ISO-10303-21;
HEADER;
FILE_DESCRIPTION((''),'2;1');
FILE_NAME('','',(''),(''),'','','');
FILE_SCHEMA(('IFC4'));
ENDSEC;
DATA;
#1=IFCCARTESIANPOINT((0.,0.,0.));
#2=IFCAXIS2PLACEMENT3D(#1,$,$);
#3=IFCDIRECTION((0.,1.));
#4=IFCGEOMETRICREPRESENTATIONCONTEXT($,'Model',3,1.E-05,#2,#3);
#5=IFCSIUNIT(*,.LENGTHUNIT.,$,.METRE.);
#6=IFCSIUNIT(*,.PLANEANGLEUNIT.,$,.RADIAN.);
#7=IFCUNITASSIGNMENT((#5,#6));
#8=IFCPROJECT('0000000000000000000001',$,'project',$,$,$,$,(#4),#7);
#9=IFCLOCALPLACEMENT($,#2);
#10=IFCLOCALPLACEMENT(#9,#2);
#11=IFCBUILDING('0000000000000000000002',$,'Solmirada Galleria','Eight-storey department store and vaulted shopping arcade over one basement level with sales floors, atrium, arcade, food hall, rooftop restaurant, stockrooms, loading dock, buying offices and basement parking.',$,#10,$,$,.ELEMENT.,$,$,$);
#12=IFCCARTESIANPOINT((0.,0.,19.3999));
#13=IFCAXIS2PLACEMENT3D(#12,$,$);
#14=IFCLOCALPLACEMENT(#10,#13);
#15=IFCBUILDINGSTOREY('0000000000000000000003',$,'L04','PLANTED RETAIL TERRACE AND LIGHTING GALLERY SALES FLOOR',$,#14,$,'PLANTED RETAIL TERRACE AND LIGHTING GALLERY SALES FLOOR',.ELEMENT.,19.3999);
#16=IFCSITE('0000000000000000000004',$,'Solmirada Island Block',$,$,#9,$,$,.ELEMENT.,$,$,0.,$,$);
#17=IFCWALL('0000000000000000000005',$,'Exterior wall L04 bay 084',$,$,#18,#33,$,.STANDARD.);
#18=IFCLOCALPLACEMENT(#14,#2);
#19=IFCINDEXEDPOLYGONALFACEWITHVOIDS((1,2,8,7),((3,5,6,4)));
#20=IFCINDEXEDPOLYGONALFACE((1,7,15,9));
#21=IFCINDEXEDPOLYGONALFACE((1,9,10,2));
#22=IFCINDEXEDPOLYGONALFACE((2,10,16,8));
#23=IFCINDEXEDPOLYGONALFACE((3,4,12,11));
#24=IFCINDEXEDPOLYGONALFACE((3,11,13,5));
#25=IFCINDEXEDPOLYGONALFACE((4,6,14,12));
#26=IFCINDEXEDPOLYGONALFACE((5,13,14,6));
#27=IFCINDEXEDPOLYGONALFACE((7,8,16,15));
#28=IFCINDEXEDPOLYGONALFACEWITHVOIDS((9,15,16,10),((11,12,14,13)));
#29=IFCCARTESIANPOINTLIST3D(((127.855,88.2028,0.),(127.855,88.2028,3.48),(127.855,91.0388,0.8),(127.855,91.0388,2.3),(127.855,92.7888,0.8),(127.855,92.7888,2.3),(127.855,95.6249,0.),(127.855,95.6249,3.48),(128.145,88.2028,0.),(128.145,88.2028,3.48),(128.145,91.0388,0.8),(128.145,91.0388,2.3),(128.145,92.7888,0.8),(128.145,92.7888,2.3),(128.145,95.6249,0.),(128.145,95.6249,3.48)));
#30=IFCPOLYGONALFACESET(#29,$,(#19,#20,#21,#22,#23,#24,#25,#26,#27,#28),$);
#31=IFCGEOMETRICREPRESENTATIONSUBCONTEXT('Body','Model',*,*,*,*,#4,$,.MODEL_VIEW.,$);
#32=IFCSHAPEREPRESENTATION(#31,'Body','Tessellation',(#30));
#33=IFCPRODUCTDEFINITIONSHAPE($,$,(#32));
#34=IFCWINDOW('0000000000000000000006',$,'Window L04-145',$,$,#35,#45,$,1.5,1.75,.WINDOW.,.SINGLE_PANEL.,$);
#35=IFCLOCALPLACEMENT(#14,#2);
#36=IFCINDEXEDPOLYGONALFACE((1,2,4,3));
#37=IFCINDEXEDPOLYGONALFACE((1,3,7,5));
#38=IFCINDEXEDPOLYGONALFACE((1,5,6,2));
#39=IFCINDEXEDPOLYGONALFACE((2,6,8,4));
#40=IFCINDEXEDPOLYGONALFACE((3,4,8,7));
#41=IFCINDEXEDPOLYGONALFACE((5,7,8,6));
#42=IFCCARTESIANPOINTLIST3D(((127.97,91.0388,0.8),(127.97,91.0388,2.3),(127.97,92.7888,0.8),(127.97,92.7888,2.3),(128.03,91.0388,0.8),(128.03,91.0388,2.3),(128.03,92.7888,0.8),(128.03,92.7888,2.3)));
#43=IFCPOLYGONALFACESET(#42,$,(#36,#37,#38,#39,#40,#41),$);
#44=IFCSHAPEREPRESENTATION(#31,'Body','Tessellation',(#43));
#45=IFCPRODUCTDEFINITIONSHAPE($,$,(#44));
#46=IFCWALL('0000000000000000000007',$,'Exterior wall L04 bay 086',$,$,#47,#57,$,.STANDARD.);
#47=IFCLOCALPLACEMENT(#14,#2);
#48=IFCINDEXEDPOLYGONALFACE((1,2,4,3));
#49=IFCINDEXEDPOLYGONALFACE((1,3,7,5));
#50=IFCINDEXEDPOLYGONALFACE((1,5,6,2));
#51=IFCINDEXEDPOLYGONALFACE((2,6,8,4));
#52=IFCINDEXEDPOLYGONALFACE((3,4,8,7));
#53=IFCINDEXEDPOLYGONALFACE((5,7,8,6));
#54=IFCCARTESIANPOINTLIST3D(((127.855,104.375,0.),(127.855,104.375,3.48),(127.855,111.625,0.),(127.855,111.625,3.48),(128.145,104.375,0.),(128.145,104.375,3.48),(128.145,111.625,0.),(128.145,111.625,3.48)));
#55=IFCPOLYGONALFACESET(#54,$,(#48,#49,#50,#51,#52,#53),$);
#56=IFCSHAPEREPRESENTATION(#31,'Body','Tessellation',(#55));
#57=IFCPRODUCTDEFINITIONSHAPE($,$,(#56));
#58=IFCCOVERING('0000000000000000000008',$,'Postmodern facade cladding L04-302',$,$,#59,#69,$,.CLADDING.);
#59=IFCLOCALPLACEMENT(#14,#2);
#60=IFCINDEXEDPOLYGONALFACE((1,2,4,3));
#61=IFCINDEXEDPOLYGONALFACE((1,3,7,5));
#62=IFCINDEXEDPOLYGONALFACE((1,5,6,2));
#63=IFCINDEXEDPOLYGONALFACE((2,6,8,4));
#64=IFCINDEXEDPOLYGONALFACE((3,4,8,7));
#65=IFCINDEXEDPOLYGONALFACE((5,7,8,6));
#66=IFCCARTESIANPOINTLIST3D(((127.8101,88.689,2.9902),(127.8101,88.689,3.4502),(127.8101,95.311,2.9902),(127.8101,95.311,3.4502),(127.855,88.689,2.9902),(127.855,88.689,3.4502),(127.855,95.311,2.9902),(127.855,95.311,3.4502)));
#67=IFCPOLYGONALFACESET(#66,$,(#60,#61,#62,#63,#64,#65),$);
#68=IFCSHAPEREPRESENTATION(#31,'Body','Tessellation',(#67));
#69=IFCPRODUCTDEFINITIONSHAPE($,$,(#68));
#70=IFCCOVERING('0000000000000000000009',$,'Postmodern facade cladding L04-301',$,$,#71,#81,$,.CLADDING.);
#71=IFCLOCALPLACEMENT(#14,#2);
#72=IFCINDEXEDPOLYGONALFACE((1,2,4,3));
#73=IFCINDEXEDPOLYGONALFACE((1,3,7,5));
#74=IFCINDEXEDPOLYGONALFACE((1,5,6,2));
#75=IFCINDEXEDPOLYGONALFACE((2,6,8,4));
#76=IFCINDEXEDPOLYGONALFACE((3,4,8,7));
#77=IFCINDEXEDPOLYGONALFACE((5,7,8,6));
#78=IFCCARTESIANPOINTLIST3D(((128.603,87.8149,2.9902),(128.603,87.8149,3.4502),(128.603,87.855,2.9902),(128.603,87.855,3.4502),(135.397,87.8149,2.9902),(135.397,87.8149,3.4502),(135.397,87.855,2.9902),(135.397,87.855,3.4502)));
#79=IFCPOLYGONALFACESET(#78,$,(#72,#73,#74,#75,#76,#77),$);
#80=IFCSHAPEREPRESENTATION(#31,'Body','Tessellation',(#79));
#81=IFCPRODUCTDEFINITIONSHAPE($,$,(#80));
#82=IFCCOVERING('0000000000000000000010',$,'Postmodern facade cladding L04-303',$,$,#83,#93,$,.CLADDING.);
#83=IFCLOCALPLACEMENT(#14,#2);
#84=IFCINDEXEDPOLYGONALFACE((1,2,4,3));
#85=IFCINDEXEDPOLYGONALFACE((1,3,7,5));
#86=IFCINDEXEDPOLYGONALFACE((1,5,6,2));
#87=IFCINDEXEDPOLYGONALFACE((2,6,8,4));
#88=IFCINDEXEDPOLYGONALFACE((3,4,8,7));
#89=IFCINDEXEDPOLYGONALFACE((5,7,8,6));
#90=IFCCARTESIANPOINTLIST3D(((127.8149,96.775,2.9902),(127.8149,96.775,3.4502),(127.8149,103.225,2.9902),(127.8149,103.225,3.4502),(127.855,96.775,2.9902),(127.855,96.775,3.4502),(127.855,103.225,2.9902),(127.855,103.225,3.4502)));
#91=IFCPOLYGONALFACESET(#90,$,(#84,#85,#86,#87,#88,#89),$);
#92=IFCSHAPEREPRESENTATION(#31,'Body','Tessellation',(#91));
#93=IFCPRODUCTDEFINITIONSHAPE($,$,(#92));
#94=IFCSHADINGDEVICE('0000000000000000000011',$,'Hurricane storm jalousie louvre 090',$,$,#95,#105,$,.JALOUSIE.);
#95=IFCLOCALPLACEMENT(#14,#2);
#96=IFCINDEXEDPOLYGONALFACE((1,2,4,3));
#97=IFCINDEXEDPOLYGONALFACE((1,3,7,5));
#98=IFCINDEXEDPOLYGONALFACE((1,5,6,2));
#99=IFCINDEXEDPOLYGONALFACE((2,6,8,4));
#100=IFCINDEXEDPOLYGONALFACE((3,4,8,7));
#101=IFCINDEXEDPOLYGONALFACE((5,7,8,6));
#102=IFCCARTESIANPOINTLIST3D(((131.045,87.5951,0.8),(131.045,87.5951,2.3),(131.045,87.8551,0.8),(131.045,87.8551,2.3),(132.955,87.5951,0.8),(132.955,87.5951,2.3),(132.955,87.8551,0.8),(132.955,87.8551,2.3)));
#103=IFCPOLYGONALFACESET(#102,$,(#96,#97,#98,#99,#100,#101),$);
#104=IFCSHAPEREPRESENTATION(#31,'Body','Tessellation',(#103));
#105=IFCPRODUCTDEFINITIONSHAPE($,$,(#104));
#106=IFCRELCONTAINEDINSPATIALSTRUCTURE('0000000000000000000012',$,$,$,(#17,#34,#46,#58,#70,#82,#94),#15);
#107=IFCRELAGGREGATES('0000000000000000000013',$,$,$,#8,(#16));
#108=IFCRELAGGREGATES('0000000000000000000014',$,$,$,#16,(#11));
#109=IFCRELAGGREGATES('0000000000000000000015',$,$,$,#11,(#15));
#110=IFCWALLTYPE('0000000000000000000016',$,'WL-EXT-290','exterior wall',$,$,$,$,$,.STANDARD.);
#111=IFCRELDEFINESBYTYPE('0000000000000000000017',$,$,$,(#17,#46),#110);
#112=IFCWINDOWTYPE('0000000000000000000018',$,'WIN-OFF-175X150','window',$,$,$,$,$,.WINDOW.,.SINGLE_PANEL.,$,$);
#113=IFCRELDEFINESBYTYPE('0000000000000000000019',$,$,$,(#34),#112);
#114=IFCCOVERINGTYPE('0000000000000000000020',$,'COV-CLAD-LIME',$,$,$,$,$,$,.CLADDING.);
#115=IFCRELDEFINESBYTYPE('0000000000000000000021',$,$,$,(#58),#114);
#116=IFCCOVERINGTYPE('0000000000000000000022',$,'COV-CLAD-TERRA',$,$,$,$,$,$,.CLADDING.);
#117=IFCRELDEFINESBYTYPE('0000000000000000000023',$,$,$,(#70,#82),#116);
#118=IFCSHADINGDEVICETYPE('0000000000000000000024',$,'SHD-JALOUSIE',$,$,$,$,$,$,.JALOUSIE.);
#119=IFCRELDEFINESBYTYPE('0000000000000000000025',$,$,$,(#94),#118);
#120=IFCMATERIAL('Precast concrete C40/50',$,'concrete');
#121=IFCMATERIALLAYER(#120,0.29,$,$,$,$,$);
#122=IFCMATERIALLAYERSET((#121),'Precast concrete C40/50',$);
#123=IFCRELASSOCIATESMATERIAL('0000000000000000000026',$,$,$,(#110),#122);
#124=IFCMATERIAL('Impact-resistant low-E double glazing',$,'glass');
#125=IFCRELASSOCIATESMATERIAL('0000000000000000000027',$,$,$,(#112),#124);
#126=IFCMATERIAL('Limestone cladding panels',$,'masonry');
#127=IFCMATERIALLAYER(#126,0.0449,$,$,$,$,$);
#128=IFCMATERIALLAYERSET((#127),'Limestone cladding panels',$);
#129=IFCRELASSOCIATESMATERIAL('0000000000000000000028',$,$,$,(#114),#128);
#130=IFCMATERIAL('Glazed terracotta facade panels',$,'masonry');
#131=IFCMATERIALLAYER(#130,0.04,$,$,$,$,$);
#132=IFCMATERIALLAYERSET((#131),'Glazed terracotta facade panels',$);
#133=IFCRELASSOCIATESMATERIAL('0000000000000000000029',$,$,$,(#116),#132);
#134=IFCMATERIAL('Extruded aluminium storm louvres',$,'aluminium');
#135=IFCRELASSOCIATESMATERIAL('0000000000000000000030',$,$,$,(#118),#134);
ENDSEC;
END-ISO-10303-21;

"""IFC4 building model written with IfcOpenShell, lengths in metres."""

from ifc_helpers import new_model, si_unit, direction, frame, frame_2d, origin, origin_2d, place, context, subcontext, project, spatial, rectangle, extrude, material, layer, layer_set, type_object, element, fill, save


model = new_model("IFC4")

# Units and contexts
model_context = context("Model", 3, precision=1e-05, world=origin(), true_north=direction((0.0, 1.0)))
body_context = subcontext(model_context, "Body", "Model", "MODEL_VIEW")
ifc_project = project(units=[si_unit("LENGTHUNIT", "METRE"), si_unit("PLANEANGLEUNIT", "RADIAN")], contexts=[model_context])

# Site, building, storey
site_placement = place(None, origin())
site = spatial("IfcSite", under=ifc_project, at=site_placement, Name="Solmirada Island Block", CompositionType="ELEMENT", RefElevation=0.0)
building_placement = place(site_placement, origin())
building = spatial("IfcBuilding", under=site, at=building_placement, Name="Solmirada Galleria", Description="Eight-storey department store and vaulted shopping arcade over one basement level with sales floors, atrium, arcade, food hall, rooftop restaurant, stockrooms, loading dock, buying offices and basement parking.", CompositionType="ELEMENT")
storey_placement = place(building_placement, frame((0.0, 0.0, 19.3999)))
storey = spatial("IfcBuildingStorey", under=building, at=storey_placement, Name="L04", Description="PLANTED RETAIL TERRACE AND LIGHTING GALLERY SALES FLOOR", LongName="PLANTED RETAIL TERRACE AND LIGHTING GALLERY SALES FLOOR", CompositionType="ELEMENT", Elevation=19.3999)

# Wall, opening, window
ifc_material_1 = material(Name="Precast concrete C40/50", Category="concrete")
ifc_layer_1 = layer(ifc_material_1, 0.29)
ifc_layer_set_1 = layer_set([ifc_layer_1], Name="Precast concrete C40/50")
wall_type_1 = type_object("IfcWallType", Name="WL-EXT-290", Description="exterior wall", PredefinedType="STANDARD", material=ifc_layer_set_1)
ifc_material_2 = material(Name="Impact-resistant low-E double glazing", Category="glass")
window_type = type_object("IfcWindowType", Name="WIN-OFF-175X150", Description="window", PartitioningType="SINGLE_PANEL", PredefinedType="WINDOW", material=ifc_material_2)
wall_1_placement = place(storey_placement, frame((128.0, 88.2029, 0.0), z_axis=(0.0, 0.0, 1.0), x_axis=(0.0, 1.0, 0.0)))
wall_1 = element("IfcWall", 1, at=wall_1_placement, inside=storey, type_object=wall_type_1, Name="Exterior wall L04 bay 084", PredefinedType="STANDARD", context=body_context, shape_type="SweptSolid", body=[
    extrude(rectangle(XDim=7.4221, YDim=0.29, at=frame_2d((3.7109, 0.0))), origin(), (0.0, 0.0, 1.0), 3.48),
])
opening_1_placement = place(wall_1_placement, frame((2.8359, 0.0, 0.8)))
opening_1 = element("IfcOpeningElement", 2, at=opening_1_placement, cuts=wall_1, PredefinedType="OPENING", context=body_context, shape_type="SweptSolid", body=[
    extrude(rectangle(XDim=1.75, YDim=1.5, at=frame_2d((0.875, 0.75))), frame((0.0, 0.155, 0.0), z_axis=(0.0, -1.0, 0.0), x_axis=(1.0, 0.0, 0.0)), (0.0, 0.0, 1.0), 0.3101),
])
window_1_placement = place(opening_1_placement, origin())
window_1 = element("IfcWindow", 3, at=window_1_placement, inside=storey, type_object=window_type, Name="Window L04-145", OverallHeight=1.5, OverallWidth=1.75, PartitioningType="SINGLE_PANEL", PredefinedType="WINDOW", context=body_context, shape_type="SweptSolid", body=[
    extrude(rectangle(XDim=1.75, YDim=1.5, at=frame_2d((0.875, 0.75))), frame((0.0, 0.03, 0.0), z_axis=(0.0, -1.0, 0.0), x_axis=(1.0, 0.0, 0.0)), (0.0, 0.0, 1.0), 0.0601),
])
fill(opening_1, window_1)

# Wall
wall_2_placement = place(storey_placement, frame((128.0, 104.375, 0.0), z_axis=(0.0, 0.0, 1.0), x_axis=(0.0, 1.0, 0.0)))
element("IfcWall", 4, at=wall_2_placement, inside=storey, type_object=wall_type_1, Name="Exterior wall L04 bay 086", PredefinedType="STANDARD", context=body_context, shape_type="SweptSolid", body=[
    extrude(rectangle(XDim=7.25, YDim=0.29, at=frame_2d((3.625, 0.0))), origin(), (0.0, 0.0, 1.0), 3.48),
])

# Coverings
ifc_material_3 = material(Name="Limestone cladding panels", Category="masonry")
ifc_layer_2 = layer(ifc_material_3, 0.0449)
ifc_layer_set_2 = layer_set([ifc_layer_2], Name="Limestone cladding panels")
covering_type_1 = type_object("IfcCoveringType", Name="COV-CLAD-LIME", PredefinedType="CLADDING", material=ifc_layer_set_2)
covering_1_placement = place(storey_placement, frame((127.8325, 92.0, 2.9902), z_axis=(0.0, 0.0, 1.0), x_axis=(0.0, 1.0, 0.0)))
element("IfcCovering", 5, at=covering_1_placement, inside=storey, type_object=covering_type_1, Name="Postmodern facade cladding L04-302", PredefinedType="CLADDING", context=body_context, shape_type="SweptSolid", body=[
    extrude(rectangle(XDim=6.6221, YDim=0.0449, at=origin_2d()), origin(), (0.0, 0.0, 1.0), 0.46),
])
ifc_material_4 = material(Name="Glazed terracotta facade panels", Category="masonry")
ifc_layer_3 = layer(ifc_material_4, 0.04)
ifc_layer_set_3 = layer_set([ifc_layer_3], Name="Glazed terracotta facade panels")
covering_type_2 = type_object("IfcCoveringType", Name="COV-CLAD-TERRA", PredefinedType="CLADDING", material=ifc_layer_set_3)
covering_2_placement = place(storey_placement, frame((132.0, 87.835, 2.9902), z_axis=(0.0, 0.0, 1.0), x_axis=(-1.0, 0.0, 0.0)))
element("IfcCovering", 6, at=covering_2_placement, inside=storey, type_object=covering_type_2, Name="Postmodern facade cladding L04-301", PredefinedType="CLADDING", context=body_context, shape_type="SweptSolid", body=[
    extrude(rectangle(XDim=6.7939, YDim=0.04, at=origin_2d()), origin(), (0.0, 0.0, 1.0), 0.46),
])
covering_3_placement = place(storey_placement, frame((127.835, 100.0, 2.9902), z_axis=(0.0, 0.0, 1.0), x_axis=(0.0, 1.0, 0.0)))
element("IfcCovering", 7, at=covering_3_placement, inside=storey, type_object=covering_type_2, Name="Postmodern facade cladding L04-303", PredefinedType="CLADDING", context=body_context, shape_type="SweptSolid", body=[
    extrude(rectangle(XDim=6.45, YDim=0.04, at=origin_2d()), origin(), (0.0, 0.0, 1.0), 0.46),
])

# Shading device
ifc_material_5 = material(Name="Extruded aluminium storm louvres", Category="aluminium")
shading_device_type = type_object("IfcShadingDeviceType", Name="SHD-JALOUSIE", PredefinedType="JALOUSIE", material=ifc_material_5)
shading_device_placement = place(storey_placement, frame((132.0, 87.7251, 0.8), z_axis=(0.0, 0.0, 1.0), x_axis=(-1.0, 0.0, 0.0)))
element("IfcShadingDevice", 8, at=shading_device_placement, inside=storey, type_object=shading_device_type, Name="Hurricane storm jalousie louvre 090", PredefinedType="JALOUSIE", context=body_context, shape_type="SweptSolid", body=[
    extrude(rectangle(XDim=1.9099, YDim=0.26, at=origin_2d()), origin(), (0.0, 0.0, 1.0), 1.5),
])

save(model, "model.ifc")
